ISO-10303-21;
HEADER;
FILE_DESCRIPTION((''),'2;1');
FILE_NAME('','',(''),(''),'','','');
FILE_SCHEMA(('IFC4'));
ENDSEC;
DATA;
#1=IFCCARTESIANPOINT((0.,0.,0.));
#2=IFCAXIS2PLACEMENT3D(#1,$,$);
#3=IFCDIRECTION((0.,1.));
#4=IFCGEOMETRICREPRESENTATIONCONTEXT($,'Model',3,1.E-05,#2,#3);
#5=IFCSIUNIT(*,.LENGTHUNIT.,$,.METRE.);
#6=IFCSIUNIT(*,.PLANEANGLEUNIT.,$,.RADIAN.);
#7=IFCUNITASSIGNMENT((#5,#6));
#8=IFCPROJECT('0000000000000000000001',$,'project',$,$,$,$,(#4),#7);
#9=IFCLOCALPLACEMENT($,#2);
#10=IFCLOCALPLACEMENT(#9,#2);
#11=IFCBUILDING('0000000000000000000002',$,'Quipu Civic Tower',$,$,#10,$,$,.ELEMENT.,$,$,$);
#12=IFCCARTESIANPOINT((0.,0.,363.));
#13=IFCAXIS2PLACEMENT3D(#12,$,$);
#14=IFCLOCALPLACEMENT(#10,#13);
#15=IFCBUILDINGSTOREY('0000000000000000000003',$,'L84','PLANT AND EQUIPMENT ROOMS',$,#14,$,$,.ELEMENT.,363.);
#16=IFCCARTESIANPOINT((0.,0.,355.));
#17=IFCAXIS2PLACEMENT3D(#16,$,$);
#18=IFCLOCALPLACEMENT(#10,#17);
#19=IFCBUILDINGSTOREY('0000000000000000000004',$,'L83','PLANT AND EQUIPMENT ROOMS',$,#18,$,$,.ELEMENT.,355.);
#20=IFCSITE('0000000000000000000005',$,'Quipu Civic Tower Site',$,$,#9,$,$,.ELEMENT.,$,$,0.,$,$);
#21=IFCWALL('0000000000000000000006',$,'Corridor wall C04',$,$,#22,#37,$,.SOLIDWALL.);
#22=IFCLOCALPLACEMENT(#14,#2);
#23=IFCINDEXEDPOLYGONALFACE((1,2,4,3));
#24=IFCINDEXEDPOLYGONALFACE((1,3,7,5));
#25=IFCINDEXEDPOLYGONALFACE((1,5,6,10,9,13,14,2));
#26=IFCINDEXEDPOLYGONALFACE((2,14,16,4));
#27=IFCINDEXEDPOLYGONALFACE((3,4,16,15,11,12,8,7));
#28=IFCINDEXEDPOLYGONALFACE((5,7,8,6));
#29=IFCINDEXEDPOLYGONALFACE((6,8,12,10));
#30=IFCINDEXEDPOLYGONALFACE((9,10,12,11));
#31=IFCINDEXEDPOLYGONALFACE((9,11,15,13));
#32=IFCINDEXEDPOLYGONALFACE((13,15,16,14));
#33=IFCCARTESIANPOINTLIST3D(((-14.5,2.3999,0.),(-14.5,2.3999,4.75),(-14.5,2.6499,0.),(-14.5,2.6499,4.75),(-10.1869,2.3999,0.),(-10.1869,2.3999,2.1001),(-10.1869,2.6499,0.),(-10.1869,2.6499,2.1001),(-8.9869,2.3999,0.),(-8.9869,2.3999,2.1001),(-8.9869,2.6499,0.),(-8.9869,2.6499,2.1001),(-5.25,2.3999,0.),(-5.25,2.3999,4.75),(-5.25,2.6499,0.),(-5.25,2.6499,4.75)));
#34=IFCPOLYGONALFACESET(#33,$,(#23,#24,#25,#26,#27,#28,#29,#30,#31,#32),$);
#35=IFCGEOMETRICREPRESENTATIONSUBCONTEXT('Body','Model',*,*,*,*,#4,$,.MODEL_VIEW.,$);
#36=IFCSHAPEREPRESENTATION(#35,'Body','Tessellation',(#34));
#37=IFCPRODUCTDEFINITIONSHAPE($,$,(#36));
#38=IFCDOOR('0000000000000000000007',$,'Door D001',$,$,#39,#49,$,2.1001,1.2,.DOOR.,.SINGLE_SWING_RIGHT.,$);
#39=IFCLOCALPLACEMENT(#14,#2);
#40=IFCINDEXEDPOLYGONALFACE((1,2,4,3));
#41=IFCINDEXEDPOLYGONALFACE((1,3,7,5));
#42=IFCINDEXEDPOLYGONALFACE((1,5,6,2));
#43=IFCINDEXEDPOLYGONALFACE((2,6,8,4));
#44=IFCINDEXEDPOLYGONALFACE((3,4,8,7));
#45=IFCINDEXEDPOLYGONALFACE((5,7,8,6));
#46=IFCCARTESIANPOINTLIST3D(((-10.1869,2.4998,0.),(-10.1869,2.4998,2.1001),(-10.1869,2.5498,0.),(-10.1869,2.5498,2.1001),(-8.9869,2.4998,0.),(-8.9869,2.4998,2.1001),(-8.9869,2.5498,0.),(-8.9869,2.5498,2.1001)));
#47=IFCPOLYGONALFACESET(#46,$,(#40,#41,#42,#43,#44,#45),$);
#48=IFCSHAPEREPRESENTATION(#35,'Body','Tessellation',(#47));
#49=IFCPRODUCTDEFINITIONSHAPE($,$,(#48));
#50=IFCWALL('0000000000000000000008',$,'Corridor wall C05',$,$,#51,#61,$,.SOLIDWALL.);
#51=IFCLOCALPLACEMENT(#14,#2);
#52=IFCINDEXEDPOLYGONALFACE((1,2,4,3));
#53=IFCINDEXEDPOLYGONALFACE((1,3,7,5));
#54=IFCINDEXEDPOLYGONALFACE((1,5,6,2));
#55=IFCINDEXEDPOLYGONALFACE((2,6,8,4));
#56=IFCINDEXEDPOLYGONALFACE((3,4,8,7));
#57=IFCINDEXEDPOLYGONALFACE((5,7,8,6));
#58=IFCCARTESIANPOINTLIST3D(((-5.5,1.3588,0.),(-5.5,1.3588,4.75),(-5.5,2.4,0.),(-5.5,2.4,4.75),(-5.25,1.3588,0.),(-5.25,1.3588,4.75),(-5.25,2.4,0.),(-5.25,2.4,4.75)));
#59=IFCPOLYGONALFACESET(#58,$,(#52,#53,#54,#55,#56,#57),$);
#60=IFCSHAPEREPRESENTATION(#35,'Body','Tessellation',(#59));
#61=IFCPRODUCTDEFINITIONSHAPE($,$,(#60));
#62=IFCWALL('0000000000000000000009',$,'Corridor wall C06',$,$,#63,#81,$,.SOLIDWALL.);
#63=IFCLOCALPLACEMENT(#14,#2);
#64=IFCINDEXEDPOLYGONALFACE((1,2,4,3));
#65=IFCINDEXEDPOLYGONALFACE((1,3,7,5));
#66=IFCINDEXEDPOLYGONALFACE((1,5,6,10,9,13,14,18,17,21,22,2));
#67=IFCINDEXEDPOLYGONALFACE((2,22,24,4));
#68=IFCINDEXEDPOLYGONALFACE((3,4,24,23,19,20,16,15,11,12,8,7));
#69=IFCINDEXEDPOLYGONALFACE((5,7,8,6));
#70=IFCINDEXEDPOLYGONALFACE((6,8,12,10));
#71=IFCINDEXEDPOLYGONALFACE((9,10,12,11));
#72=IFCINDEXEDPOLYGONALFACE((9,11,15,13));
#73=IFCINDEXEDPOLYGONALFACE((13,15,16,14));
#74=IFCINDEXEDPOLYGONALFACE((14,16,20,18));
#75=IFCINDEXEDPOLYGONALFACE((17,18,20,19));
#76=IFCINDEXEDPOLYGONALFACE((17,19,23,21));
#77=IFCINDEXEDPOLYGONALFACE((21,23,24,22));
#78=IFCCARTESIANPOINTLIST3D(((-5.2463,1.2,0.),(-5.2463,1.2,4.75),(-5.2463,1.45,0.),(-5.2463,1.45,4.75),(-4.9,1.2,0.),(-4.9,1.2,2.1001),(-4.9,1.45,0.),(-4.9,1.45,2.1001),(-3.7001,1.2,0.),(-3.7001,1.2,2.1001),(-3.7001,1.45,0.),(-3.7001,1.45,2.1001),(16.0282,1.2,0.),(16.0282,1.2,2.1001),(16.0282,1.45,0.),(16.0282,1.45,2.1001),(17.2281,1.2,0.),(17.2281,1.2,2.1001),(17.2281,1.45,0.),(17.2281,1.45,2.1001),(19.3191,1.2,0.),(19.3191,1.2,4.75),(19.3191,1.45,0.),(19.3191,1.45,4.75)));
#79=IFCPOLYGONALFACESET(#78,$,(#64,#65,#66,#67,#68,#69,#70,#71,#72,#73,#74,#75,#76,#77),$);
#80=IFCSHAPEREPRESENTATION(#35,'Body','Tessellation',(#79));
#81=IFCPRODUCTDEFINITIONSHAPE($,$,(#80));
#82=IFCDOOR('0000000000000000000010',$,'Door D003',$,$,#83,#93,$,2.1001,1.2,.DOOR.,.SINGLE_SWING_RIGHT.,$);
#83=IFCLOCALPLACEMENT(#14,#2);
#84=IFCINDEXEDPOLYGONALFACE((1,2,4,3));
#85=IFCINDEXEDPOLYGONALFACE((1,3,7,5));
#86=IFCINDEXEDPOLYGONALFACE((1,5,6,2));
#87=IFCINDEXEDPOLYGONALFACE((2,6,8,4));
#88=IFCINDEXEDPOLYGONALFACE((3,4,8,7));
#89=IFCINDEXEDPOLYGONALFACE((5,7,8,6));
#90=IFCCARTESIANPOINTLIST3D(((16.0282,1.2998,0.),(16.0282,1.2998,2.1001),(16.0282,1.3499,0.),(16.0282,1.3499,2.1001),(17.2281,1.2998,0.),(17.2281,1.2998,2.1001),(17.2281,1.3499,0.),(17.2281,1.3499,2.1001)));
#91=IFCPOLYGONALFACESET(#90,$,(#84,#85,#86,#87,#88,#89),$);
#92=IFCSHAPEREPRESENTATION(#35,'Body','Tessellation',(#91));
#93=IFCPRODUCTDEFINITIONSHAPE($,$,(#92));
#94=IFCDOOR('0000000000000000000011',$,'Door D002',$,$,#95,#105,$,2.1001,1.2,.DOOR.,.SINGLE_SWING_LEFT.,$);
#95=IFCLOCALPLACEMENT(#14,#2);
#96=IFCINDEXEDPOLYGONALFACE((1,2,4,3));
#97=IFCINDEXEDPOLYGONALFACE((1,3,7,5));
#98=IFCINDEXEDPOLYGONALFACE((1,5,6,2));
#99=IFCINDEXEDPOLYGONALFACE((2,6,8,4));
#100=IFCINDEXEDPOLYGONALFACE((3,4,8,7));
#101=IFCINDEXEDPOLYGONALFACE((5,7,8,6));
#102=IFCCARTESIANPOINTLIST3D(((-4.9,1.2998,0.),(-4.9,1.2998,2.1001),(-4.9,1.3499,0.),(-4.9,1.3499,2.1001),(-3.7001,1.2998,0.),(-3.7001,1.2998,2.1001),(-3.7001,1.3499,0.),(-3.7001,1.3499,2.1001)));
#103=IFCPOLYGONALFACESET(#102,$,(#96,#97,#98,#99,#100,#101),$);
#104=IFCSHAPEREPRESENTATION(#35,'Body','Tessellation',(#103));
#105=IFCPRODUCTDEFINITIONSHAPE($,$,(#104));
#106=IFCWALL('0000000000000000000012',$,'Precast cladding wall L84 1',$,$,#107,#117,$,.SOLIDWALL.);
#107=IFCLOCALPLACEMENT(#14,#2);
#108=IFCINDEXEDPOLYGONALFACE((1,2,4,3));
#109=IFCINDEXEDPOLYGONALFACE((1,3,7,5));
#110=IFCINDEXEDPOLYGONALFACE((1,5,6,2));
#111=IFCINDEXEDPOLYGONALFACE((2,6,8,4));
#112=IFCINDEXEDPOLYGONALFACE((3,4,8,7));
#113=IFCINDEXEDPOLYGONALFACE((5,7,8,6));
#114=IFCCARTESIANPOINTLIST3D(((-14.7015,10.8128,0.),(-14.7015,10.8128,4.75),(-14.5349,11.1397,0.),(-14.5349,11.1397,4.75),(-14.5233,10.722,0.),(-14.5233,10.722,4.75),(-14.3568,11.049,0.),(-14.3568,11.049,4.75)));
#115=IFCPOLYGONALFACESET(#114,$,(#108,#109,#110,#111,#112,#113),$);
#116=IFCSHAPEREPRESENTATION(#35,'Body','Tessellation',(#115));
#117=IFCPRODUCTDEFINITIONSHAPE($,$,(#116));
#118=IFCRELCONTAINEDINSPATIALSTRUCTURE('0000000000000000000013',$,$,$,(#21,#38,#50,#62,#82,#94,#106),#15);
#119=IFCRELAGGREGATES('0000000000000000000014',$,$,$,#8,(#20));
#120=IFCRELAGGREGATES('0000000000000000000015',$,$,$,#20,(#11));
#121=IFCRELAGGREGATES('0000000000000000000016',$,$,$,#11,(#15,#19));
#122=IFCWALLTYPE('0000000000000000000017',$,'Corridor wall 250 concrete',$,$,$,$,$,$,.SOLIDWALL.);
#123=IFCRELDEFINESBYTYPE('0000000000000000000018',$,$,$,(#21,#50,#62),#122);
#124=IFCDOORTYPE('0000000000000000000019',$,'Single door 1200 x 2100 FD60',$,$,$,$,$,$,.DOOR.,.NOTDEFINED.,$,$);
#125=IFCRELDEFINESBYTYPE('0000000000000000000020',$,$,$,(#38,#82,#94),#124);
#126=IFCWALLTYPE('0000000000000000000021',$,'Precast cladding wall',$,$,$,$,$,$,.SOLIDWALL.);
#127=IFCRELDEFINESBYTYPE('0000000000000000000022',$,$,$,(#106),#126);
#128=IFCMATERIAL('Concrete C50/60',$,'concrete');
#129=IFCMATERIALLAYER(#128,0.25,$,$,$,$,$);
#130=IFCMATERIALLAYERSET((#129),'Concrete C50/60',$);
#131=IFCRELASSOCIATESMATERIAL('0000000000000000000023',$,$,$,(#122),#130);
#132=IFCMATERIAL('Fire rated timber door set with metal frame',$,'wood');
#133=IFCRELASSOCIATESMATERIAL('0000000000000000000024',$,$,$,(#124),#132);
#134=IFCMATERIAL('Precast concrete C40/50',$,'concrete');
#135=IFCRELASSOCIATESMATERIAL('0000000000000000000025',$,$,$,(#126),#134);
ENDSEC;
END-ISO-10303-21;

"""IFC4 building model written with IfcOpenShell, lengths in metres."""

from ifc_helpers import new_model, si_unit, direction, frame, frame_2d, origin, place, context, subcontext, project, spatial, rectangle, extrude, material, layer, layer_set, type_object, element, fill, save


model = new_model("IFC4")

# Units and contexts
model_context = context("Model", 3, precision=1e-05, world=origin(), true_north=direction((0.0, 1.0)))
body_context = subcontext(model_context, "Body", "Model", "MODEL_VIEW")
ifc_project = project(units=[si_unit("LENGTHUNIT", "METRE"), si_unit("PLANEANGLEUNIT", "RADIAN")], contexts=[model_context])

# Site, building, storey
site_placement = place(None, origin())
site = spatial("IfcSite", under=ifc_project, at=site_placement, Name="Quipu Civic Tower Site", CompositionType="ELEMENT", RefElevation=0.0)
building_placement = place(site_placement, origin())
building = spatial("IfcBuilding", under=site, at=building_placement, Name="Quipu Civic Tower", CompositionType="ELEMENT")
storey_1_placement = place(building_placement, frame((0.0, 0.0, 363.0)))
storey_1 = spatial("IfcBuildingStorey", under=building, at=storey_1_placement, Name="L84", Description="PLANT AND EQUIPMENT ROOMS", CompositionType="ELEMENT", Elevation=363.0)

# Shared definitions
storey_2_placement = place(building_placement, frame((0.0, 0.0, 355.0)))
storey_2 = spatial("IfcBuildingStorey", under=building, at=storey_2_placement, Name="L83", Description="PLANT AND EQUIPMENT ROOMS", CompositionType="ELEMENT", Elevation=355.0)

# Wall, opening, door
ifc_material_1 = material(Name="Concrete C50/60", Category="concrete")
ifc_layer_1 = layer(ifc_material_1, 0.25)
ifc_layer_set_1 = layer_set([ifc_layer_1], Name="Concrete C50/60")
wall_type_1 = type_object("IfcWallType", Name="Corridor wall 250 concrete", PredefinedType="SOLIDWALL", material=ifc_layer_set_1)
wall_1_placement = place(storey_1_placement, frame((-14.5, 2.5249, 0.0), z_axis=(0.0, 0.0, 1.0), x_axis=(1.0, 0.0, 0.0)))
wall_1 = element("IfcWall", 1, at=wall_1_placement, inside=storey_1, type_object=wall_type_1, Name="Corridor wall C04", PredefinedType="SOLIDWALL", context=body_context, shape_type="SweptSolid", body=[
    extrude(rectangle(XDim=9.25, YDim=0.25, at=frame_2d((4.625, 0.0))), origin(), (0.0, 0.0, 1.0), 4.75),
])
opening_1_placement = place(wall_1_placement, frame((4.313, 0.0, 0.0)))
opening_1 = element("IfcOpeningElement", 2, at=opening_1_placement, cuts=wall_1, PredefinedType="OPENING", context=body_context, shape_type="SweptSolid", body=[
    extrude(rectangle(XDim=1.2, YDim=2.1001, at=frame_2d((0.6001, 1.05))), frame((0.0, 0.135, 0.0), z_axis=(0.0, -1.0, 0.0), x_axis=(1.0, 0.0, 0.0)), (0.0, 0.0, 1.0), 0.27),
])
ifc_material_2 = material(Name="Fire rated timber door set with metal frame", Category="wood")
door_type = type_object("IfcDoorType", Name="Single door 1200 x 2100 FD60", OperationType="NOTDEFINED", PredefinedType="DOOR", material=ifc_material_2)
door_1_placement = place(opening_1_placement, origin())
door_1 = element("IfcDoor", 3, at=door_1_placement, inside=storey_1, type_object=door_type, Name="Door D001", OperationType="SINGLE_SWING_RIGHT", OverallHeight=2.1001, OverallWidth=1.2, PredefinedType="DOOR", context=body_context, shape_type="SweptSolid", body=[
    extrude(rectangle(XDim=1.2, YDim=2.1001, at=frame_2d((0.6001, 1.05))), frame((0.0, 0.0249, 0.0), z_axis=(0.0, -1.0, 0.0), x_axis=(1.0, 0.0, 0.0)), (0.0, 0.0, 1.0), 0.05),
])
fill(opening_1, door_1)

# Wall
wall_2_placement = place(storey_1_placement, frame((-5.375, 2.3999, 0.0), z_axis=(0.0, 0.0, 1.0), x_axis=(0.0, -1.0, 0.0)))
element("IfcWall", 4, at=wall_2_placement, inside=storey_1, type_object=wall_type_1, Name="Corridor wall C05", PredefinedType="SOLIDWALL", context=body_context, shape_type="SweptSolid", body=[
    extrude(rectangle(XDim=1.0413, YDim=0.25, at=frame_2d((0.5205, 0.0))), origin(), (0.0, 0.0, 1.0), 4.75),
])

# Wall, openings, doors
wall_3_placement = place(storey_1_placement, frame((-5.2463, 1.325, 0.0), z_axis=(0.0, 0.0, 1.0), x_axis=(1.0, 0.0, 0.0)))
wall_3 = element("IfcWall", 5, at=wall_3_placement, inside=storey_1, type_object=wall_type_1, Name="Corridor wall C06", PredefinedType="SOLIDWALL", context=body_context, shape_type="SweptSolid", body=[
    extrude(rectangle(XDim=24.5654, YDim=0.25, at=frame_2d((12.2827, 0.0))), origin(), (0.0, 0.0, 1.0), 4.75),
])
opening_2_placement = place(wall_3_placement, frame((21.2744, 0.0, 0.0)))
opening_2 = element("IfcOpeningElement", 6, at=opening_2_placement, cuts=wall_3, PredefinedType="OPENING", context=body_context, shape_type="SweptSolid", body=[
    extrude(rectangle(XDim=1.2, YDim=2.1001, at=frame_2d((0.6001, 1.05))), frame((0.0, 0.135, 0.0), z_axis=(0.0, -1.0, 0.0), x_axis=(1.0, 0.0, 0.0)), (0.0, 0.0, 1.0), 0.27),
])
opening_3_placement = place(wall_3_placement, frame((0.3462, 0.0, 0.0)))
opening_3 = element("IfcOpeningElement", 7, at=opening_3_placement, cuts=wall_3, PredefinedType="OPENING", context=body_context, shape_type="SweptSolid", body=[
    extrude(rectangle(XDim=1.2, YDim=2.1001, at=frame_2d((0.6001, 1.05))), frame((0.0, 0.135, 0.0), z_axis=(0.0, -1.0, 0.0), x_axis=(1.0, 0.0, 0.0)), (0.0, 0.0, 1.0), 0.27),
])
door_2_placement = place(opening_2_placement, origin())
door_2 = element("IfcDoor", 8, at=door_2_placement, inside=storey_1, type_object=door_type, Name="Door D003", OperationType="SINGLE_SWING_RIGHT", OverallHeight=2.1001, OverallWidth=1.2, PredefinedType="DOOR", context=body_context, shape_type="SweptSolid", body=[
    extrude(rectangle(XDim=1.2, YDim=2.1001, at=frame_2d((0.6001, 1.05))), frame((0.0, 0.0249, 0.0), z_axis=(0.0, -1.0, 0.0), x_axis=(1.0, 0.0, 0.0)), (0.0, 0.0, 1.0), 0.05),
])
fill(opening_2, door_2)
door_3_placement = place(opening_3_placement, origin())
door_3 = element("IfcDoor", 9, at=door_3_placement, inside=storey_1, type_object=door_type, Name="Door D002", OperationType="SINGLE_SWING_LEFT", OverallHeight=2.1001, OverallWidth=1.2, PredefinedType="DOOR", context=body_context, shape_type="SweptSolid", body=[
    extrude(rectangle(XDim=1.2, YDim=2.1001, at=frame_2d((0.6001, 1.05))), frame((0.0, 0.0249, 0.0), z_axis=(0.0, -1.0, 0.0), x_axis=(1.0, 0.0, 0.0)), (0.0, 0.0, 1.0), 0.05),
])
fill(opening_3, door_3)

# Wall
ifc_material_3 = material(Name="Precast concrete C40/50", Category="concrete")
wall_type_2 = type_object("IfcWallType", Name="Precast cladding wall", PredefinedType="SOLIDWALL", material=ifc_material_3)
wall_4_placement = place(storey_1_placement, frame((-14.4458, 11.0945, 0.0), z_axis=(0.0, 0.0, 1.0), x_axis=(-0.453856, -0.891075, 0.0)))
element("IfcWall", 10, at=wall_4_placement, inside=storey_1, type_object=wall_type_2, Name="Precast cladding wall L84 1", PredefinedType="SOLIDWALL", context=body_context, shape_type="SweptSolid", body=[
    extrude(rectangle(XDim=0.3669, YDim=0.2, at=frame_2d((0.1836, 0.0))), origin(), (0.0, 0.0, 1.0), 4.75),
])

save(model, "model.ifc")
